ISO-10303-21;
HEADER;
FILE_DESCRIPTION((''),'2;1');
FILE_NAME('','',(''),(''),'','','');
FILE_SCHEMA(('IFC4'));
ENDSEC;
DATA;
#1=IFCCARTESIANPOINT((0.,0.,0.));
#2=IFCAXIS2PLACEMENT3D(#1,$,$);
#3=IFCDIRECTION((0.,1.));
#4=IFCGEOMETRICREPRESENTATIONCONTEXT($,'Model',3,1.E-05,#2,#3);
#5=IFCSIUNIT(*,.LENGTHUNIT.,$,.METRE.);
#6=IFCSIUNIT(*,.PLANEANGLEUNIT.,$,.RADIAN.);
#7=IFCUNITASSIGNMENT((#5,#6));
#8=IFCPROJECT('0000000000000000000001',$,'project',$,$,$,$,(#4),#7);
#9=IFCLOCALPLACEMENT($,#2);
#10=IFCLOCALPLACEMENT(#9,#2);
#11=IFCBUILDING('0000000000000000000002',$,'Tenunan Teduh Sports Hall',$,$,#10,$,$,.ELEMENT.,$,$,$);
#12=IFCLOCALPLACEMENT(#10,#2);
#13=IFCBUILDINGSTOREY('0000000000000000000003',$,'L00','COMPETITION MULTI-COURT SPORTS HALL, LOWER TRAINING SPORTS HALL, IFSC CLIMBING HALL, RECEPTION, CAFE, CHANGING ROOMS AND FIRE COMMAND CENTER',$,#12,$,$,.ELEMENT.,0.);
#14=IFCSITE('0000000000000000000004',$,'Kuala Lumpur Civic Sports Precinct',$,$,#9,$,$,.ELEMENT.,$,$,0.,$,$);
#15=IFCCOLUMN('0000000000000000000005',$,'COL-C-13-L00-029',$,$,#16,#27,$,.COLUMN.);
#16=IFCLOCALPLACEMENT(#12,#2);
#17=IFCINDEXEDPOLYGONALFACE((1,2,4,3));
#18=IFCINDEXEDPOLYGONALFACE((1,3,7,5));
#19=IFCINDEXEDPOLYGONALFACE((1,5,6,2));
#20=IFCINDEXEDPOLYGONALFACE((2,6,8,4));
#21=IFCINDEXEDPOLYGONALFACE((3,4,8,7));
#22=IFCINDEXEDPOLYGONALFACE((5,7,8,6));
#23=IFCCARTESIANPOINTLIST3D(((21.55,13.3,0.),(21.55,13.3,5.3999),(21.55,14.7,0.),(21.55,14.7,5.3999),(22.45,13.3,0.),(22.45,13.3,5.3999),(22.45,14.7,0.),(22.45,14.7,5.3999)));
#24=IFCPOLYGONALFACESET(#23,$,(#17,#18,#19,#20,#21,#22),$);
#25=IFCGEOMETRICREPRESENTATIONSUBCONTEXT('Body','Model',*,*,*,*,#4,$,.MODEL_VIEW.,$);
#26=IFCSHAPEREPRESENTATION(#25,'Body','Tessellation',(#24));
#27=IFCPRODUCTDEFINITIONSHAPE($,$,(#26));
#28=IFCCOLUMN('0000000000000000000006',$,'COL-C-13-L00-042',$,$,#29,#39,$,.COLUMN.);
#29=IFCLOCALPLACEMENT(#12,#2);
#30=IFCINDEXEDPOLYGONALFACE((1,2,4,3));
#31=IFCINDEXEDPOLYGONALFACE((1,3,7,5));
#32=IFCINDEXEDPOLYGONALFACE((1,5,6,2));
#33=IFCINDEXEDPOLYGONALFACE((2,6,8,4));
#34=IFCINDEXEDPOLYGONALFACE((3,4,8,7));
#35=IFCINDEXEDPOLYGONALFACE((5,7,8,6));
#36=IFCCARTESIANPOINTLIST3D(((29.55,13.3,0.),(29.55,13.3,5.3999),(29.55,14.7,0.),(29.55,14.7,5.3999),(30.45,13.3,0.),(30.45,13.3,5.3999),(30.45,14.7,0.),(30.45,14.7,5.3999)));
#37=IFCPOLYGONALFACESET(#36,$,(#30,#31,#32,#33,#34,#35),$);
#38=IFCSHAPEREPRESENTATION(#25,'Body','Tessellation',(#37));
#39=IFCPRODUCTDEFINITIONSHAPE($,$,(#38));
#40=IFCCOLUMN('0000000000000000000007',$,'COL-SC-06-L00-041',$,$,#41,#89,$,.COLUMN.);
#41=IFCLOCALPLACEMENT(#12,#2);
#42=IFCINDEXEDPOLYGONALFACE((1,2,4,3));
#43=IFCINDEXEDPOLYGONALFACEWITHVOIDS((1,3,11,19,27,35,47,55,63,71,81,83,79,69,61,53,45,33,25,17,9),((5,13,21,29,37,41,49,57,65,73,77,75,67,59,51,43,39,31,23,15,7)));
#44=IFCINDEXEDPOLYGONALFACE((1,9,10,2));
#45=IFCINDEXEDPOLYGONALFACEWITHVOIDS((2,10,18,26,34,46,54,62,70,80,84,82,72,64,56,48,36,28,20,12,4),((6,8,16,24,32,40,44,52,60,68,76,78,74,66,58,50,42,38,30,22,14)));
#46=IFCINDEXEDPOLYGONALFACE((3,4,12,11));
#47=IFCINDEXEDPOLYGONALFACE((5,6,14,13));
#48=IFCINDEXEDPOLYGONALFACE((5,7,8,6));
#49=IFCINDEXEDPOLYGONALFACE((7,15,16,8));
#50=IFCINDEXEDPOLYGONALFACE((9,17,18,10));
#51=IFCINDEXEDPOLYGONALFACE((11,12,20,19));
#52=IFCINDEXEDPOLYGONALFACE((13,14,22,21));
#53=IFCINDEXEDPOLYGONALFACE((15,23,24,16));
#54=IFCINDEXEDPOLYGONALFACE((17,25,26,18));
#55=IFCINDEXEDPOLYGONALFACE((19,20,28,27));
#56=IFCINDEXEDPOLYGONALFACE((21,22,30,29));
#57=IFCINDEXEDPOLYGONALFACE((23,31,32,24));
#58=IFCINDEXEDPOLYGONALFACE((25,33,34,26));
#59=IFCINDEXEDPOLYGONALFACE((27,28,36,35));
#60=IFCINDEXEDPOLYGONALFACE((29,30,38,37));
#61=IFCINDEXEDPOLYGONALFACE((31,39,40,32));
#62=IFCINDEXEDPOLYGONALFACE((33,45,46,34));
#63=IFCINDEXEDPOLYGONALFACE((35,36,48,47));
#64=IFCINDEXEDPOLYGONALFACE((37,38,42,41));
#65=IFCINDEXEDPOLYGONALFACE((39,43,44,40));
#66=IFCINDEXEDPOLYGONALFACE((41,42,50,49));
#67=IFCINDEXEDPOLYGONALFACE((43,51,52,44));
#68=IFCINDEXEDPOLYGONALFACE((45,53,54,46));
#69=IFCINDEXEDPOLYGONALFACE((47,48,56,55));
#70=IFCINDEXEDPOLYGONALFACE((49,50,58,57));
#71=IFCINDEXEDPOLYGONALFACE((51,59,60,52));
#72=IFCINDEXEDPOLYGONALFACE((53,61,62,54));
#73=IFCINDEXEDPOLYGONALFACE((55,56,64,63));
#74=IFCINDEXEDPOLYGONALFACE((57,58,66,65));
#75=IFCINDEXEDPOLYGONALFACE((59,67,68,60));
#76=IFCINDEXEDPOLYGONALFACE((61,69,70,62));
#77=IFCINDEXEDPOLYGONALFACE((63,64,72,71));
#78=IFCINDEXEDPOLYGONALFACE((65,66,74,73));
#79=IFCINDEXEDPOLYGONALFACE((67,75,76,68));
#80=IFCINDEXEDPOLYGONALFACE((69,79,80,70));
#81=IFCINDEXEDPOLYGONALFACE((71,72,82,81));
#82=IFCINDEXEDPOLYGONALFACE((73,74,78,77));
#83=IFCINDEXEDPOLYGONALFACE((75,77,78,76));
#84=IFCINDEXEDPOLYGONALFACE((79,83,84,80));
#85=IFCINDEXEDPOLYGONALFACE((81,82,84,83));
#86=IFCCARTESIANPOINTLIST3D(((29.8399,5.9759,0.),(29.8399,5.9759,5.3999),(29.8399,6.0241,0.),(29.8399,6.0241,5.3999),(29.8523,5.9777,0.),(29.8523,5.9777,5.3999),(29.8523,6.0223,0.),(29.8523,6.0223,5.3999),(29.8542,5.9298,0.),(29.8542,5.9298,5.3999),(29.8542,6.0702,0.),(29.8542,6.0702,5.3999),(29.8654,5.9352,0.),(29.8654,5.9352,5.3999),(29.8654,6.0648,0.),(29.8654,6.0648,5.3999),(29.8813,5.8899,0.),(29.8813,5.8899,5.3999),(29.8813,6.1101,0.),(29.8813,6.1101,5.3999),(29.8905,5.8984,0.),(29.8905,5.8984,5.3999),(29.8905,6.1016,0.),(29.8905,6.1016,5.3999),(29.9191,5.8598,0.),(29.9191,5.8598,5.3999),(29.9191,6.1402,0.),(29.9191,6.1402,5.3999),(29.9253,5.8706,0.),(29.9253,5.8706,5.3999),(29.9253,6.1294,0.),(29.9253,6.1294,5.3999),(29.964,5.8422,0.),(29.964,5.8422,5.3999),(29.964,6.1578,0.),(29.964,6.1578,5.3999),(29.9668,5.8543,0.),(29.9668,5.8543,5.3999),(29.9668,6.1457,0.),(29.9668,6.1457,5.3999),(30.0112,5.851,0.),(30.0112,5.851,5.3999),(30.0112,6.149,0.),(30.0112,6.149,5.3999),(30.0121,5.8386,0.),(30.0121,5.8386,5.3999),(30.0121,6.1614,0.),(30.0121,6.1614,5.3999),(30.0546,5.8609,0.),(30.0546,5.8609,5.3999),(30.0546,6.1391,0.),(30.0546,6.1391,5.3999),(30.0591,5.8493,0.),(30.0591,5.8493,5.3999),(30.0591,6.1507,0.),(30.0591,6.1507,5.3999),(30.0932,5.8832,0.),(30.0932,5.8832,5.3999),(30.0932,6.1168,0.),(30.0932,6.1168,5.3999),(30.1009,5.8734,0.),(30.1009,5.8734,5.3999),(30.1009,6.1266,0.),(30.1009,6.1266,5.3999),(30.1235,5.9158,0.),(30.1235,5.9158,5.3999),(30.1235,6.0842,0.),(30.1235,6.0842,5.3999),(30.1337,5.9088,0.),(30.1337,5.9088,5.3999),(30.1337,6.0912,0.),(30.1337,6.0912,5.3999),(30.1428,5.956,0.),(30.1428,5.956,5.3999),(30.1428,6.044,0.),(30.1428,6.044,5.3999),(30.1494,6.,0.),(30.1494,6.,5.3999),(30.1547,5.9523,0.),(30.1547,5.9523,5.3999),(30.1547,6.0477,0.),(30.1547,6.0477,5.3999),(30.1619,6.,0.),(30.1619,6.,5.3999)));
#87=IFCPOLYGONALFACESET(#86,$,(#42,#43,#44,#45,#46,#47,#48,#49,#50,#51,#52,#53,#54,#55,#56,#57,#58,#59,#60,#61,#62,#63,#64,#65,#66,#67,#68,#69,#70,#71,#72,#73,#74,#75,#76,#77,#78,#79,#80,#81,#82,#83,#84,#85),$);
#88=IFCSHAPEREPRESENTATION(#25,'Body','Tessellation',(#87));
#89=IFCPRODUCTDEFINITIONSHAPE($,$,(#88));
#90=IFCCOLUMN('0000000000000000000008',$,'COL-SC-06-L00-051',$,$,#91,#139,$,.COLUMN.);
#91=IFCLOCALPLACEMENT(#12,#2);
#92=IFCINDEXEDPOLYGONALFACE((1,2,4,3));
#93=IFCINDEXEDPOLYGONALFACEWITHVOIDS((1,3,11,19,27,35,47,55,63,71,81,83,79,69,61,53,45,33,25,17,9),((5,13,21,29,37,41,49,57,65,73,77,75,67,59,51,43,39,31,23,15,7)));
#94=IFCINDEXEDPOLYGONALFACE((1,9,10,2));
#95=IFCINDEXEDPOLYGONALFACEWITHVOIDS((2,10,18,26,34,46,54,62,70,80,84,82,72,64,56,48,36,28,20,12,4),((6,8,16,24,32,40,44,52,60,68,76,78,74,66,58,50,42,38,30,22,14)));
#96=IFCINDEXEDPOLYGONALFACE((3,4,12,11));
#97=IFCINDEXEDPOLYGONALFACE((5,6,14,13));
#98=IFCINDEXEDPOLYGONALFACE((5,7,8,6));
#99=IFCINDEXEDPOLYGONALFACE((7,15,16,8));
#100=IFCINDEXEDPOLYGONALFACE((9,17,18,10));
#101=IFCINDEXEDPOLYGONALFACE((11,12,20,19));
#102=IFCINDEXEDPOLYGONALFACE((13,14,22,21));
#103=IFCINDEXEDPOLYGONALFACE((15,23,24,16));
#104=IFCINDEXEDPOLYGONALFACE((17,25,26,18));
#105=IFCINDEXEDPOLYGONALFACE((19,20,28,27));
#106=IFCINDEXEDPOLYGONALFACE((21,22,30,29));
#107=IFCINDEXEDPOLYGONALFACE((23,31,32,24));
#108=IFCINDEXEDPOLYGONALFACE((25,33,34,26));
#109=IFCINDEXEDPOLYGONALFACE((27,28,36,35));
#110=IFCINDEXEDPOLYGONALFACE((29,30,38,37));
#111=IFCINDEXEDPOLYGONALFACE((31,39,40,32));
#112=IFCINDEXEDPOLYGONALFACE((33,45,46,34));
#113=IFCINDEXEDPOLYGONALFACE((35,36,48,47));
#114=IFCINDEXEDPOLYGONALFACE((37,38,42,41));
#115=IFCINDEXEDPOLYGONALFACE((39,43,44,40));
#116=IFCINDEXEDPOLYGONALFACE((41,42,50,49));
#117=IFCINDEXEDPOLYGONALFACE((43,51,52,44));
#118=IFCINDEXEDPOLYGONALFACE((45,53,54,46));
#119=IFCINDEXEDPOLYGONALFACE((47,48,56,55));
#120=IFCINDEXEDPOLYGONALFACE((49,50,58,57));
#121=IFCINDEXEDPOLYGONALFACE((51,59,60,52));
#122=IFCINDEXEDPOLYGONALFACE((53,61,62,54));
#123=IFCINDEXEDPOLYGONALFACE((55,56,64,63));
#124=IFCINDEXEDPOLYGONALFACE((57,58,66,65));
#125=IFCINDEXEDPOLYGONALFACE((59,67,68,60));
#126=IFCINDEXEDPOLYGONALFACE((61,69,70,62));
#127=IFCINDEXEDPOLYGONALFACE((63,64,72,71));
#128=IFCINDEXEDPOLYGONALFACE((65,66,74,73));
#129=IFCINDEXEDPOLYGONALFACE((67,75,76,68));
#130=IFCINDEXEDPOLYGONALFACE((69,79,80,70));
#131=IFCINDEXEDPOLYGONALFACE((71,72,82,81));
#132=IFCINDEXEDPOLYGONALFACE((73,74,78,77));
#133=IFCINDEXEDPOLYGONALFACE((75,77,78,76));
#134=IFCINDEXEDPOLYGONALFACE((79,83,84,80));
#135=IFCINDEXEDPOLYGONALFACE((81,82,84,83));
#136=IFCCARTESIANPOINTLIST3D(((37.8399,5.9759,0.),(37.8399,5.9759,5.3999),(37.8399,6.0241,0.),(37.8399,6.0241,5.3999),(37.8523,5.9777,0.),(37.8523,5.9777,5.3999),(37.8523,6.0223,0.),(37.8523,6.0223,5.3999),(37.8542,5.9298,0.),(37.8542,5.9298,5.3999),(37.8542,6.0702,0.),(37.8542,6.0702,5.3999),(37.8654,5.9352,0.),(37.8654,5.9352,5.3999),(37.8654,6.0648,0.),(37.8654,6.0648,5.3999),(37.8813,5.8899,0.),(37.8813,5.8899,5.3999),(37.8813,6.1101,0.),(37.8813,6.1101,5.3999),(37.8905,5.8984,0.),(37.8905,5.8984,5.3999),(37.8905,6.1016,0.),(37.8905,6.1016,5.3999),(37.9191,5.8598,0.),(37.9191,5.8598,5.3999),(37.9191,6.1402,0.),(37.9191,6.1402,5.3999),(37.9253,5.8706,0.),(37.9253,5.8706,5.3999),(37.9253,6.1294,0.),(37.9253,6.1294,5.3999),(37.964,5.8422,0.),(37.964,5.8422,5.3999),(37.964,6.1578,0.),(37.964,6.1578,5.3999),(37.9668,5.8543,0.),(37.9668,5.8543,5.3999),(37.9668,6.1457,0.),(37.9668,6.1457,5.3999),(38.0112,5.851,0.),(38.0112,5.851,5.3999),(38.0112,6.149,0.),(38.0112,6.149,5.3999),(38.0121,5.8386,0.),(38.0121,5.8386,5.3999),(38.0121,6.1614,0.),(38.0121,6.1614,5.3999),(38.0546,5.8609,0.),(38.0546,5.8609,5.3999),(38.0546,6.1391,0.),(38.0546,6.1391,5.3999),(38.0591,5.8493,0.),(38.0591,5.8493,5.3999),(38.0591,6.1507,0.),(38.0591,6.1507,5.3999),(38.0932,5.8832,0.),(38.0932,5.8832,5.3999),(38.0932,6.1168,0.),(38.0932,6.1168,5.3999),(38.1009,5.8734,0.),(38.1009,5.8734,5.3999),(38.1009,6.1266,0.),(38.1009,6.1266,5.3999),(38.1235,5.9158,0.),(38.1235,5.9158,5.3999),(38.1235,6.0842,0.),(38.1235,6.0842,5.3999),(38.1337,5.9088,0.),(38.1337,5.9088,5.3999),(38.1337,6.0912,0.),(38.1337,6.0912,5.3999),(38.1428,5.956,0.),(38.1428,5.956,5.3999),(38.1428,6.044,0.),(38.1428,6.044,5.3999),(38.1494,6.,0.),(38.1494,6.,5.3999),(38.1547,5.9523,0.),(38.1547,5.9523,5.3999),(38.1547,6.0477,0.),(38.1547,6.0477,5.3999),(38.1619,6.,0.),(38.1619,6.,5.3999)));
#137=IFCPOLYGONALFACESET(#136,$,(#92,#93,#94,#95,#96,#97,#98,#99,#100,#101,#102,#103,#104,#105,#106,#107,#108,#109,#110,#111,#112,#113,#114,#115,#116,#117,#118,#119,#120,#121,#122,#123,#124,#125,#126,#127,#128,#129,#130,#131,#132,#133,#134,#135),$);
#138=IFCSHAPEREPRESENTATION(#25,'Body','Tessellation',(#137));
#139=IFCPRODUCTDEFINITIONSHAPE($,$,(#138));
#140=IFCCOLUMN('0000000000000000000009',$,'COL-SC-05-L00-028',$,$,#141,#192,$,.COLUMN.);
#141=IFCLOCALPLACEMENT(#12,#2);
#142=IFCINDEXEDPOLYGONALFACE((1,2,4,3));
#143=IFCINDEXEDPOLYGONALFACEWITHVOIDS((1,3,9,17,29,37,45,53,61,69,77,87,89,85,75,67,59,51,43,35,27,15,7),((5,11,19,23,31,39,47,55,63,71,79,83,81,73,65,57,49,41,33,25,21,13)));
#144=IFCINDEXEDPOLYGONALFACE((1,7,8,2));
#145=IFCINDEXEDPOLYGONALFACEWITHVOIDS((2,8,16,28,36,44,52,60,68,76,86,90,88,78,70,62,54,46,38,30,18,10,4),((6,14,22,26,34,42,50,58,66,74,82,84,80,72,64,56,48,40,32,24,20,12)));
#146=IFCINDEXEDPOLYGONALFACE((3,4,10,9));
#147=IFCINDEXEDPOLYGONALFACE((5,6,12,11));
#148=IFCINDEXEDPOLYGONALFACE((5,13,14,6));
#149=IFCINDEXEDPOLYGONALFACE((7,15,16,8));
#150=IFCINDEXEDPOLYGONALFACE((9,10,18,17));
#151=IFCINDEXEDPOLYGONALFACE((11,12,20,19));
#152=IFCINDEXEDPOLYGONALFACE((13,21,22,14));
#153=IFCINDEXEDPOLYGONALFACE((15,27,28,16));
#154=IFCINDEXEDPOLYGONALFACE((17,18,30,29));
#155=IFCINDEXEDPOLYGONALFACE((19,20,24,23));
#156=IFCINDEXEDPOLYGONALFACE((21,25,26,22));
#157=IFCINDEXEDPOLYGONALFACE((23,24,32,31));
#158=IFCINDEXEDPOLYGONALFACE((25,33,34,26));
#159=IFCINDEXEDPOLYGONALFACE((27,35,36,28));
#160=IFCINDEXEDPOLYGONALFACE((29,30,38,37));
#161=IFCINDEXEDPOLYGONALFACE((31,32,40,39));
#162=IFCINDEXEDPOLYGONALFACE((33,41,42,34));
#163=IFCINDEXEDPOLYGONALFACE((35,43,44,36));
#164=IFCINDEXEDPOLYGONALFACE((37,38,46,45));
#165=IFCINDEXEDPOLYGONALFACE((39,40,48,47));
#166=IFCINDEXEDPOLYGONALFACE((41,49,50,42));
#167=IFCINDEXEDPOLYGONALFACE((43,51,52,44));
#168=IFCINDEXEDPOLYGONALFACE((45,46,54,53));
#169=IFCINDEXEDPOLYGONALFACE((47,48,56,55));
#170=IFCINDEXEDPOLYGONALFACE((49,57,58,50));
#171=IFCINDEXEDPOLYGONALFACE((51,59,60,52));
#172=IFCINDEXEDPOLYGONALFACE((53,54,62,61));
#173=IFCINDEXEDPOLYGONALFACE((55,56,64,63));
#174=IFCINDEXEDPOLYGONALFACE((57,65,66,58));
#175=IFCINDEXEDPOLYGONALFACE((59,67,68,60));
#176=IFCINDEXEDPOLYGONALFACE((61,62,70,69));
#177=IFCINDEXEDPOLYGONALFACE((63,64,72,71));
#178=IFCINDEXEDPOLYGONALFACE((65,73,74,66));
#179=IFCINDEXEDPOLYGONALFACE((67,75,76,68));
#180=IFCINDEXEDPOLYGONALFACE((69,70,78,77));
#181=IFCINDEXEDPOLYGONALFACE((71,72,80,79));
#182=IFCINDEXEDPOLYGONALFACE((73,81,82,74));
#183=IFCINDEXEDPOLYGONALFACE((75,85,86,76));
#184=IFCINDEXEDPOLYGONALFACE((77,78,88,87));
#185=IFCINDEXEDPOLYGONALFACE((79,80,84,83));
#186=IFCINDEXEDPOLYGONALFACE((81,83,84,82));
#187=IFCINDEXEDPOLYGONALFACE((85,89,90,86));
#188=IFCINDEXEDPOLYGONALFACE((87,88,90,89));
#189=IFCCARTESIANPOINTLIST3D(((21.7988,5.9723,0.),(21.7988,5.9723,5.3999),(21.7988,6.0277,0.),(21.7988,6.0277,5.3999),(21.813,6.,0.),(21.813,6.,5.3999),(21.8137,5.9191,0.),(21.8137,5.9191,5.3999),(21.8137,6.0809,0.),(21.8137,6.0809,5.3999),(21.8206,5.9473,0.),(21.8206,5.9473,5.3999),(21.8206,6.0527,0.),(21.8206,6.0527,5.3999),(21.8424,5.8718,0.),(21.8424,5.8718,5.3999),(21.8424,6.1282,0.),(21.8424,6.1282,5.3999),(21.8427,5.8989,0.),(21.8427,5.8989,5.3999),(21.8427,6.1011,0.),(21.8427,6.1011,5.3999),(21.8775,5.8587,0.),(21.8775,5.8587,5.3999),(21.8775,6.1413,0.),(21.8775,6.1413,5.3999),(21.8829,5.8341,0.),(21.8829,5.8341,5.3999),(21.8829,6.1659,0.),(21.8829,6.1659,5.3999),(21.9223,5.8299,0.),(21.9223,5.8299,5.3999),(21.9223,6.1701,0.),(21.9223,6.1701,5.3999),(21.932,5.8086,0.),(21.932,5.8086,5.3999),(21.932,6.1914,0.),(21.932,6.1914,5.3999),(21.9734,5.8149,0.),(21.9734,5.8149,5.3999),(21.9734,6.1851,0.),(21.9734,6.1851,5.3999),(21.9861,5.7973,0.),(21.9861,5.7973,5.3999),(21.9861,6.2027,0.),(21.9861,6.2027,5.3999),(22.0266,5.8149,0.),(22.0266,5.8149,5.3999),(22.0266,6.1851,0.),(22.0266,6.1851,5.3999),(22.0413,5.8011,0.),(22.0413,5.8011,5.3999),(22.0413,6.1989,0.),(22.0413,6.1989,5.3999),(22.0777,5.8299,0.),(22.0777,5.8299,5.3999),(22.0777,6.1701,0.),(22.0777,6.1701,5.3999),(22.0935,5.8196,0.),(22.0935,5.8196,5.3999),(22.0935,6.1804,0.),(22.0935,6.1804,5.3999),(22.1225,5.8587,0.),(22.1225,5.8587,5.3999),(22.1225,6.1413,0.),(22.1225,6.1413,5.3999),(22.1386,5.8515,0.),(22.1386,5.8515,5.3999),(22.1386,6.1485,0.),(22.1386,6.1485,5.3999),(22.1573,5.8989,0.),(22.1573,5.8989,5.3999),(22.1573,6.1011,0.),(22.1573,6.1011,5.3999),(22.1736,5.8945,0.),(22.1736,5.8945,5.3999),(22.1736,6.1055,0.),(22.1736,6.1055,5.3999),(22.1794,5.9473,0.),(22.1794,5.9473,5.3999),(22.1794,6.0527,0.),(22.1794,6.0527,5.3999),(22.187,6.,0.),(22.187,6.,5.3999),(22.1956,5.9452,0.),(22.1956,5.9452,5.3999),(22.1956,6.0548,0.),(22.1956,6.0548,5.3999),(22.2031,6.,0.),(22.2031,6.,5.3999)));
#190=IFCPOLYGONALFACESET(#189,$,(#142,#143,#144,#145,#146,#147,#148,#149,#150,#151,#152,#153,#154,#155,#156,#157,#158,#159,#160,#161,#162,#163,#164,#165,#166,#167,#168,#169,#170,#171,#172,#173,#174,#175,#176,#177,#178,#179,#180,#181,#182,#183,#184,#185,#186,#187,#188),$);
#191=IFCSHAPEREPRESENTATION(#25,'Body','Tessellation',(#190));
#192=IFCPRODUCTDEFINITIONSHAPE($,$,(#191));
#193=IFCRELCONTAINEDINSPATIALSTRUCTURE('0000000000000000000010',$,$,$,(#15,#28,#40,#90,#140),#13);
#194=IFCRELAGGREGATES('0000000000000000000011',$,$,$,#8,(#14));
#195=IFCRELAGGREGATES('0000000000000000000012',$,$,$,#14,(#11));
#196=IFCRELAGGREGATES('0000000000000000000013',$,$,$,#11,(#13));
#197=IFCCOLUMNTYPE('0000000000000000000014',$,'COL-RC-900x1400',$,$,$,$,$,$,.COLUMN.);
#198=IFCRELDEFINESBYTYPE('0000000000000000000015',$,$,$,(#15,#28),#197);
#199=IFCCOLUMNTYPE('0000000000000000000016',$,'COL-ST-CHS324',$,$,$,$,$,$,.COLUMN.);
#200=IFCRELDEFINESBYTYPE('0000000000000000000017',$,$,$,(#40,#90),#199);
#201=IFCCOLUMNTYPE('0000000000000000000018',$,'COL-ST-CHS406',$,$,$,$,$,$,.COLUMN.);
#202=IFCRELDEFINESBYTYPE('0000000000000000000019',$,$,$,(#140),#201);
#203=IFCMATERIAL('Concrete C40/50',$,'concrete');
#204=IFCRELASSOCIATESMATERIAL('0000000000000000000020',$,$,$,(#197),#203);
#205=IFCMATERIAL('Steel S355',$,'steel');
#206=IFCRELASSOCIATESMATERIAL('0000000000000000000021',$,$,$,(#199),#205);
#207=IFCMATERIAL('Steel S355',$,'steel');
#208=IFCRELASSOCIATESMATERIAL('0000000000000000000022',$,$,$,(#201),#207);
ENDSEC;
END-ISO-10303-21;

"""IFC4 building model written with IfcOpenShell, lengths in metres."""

from ifc_helpers import new_model, si_unit, direction, frame, origin, origin_2d, place, context, subcontext, project, spatial, rectangle, hollow_circle, extrude, material, material_profile, profile_set, type_object, element, save


model = new_model("IFC4")

# Units and contexts
model_context = context("Model", 3, precision=1e-05, world=origin(), true_north=direction((0.0, 1.0)))
body_context = subcontext(model_context, "Body", "Model", "MODEL_VIEW")
ifc_project = project(units=[si_unit("LENGTHUNIT", "METRE"), si_unit("PLANEANGLEUNIT", "RADIAN")], contexts=[model_context])

# Site, building, storey
site_placement = place(None, origin())
site = spatial("IfcSite", under=ifc_project, at=site_placement, Name="Kuala Lumpur Civic Sports Precinct", CompositionType="ELEMENT", RefElevation=0.0)
building_placement = place(site_placement, origin())
building = spatial("IfcBuilding", under=site, at=building_placement, Name="Tenunan Teduh Sports Hall", CompositionType="ELEMENT")
storey_placement = place(building_placement, origin())
storey = spatial("IfcBuildingStorey", under=building, at=storey_placement, Name="L00", Description="COMPETITION MULTI-COURT SPORTS HALL, LOWER TRAINING SPORTS HALL, IFSC CLIMBING HALL, RECEPTION, CAFE, CHANGING ROOMS AND FIRE COMMAND CENTER", CompositionType="ELEMENT", Elevation=0.0)

# Columns
ifc_material_1 = material(Name="Concrete C40/50", Category="concrete")
ifc_material_profile_1 = material_profile(ifc_material_1, rectangle(XDim=0.8999, YDim=1.3999, at=origin_2d()), Name="RC 900x1400")
ifc_profile_set_1 = profile_set([ifc_material_profile_1], Name="Concrete C40/50")
column_type_1 = type_object("IfcColumnType", Name="COL-RC-900x1400", PredefinedType="COLUMN", material=ifc_profile_set_1)
for number, where, z_axis, x_axis, name in (
    (1, (22.0, 14.0, 0.0), (0.0, 0.0, 1.0), (1.0, 0.0, 0.0), "COL-C-13-L00-029"),
    (2, (30.0, 14.0, 0.0), (0.0, 0.0, 1.0), (1.0, 0.0, 0.0), "COL-C-13-L00-042"),
):
    element("IfcColumn", number, at=place(storey_placement, frame(where, z_axis=z_axis, x_axis=x_axis)), inside=storey, type_object=column_type_1, Name=name, PredefinedType="COLUMN", context=body_context, shape_type="SweptSolid", body=[
        extrude(rectangle(XDim=0.8999, YDim=1.3999, at=origin_2d()), origin(), (0.0, 0.0, 1.0), 5.3999),
    ])
ifc_material_2 = material(Name="Steel S355", Category="steel")
ifc_material_profile_2 = material_profile(ifc_material_2, hollow_circle(Radius=0.1619, WallThickness=0.0125, at=origin_2d()), Name="CHS 323.9x12.5")
ifc_profile_set_2 = profile_set([ifc_material_profile_2], Name="Steel S355")
column_type_2 = type_object("IfcColumnType", Name="COL-ST-CHS324", PredefinedType="COLUMN", material=ifc_profile_set_2)
for number, where, z_axis, x_axis, name in (
    (3, (30.0, 6.0, 0.0), (0.0, 0.0, 1.0), (1.0, 0.0, 0.0), "COL-SC-06-L00-041"),
    (4, (38.0, 6.0, 0.0), (0.0, 0.0, 1.0), (1.0, 0.0, 0.0), "COL-SC-06-L00-051"),
):
    element("IfcColumn", number, at=place(storey_placement, frame(where, z_axis=z_axis, x_axis=x_axis)), inside=storey, type_object=column_type_2, Name=name, PredefinedType="COLUMN", context=body_context, shape_type="SweptSolid", body=[
        extrude(hollow_circle(Radius=0.1619, WallThickness=0.0125, at=origin_2d()), origin(), (0.0, 0.0, 1.0), 5.3999),
    ])
ifc_material_3 = material(Name="Steel S355", Category="steel")
ifc_material_profile_3 = material_profile(ifc_material_3, hollow_circle(Radius=0.2031, WallThickness=0.0161, at=origin_2d()), Name="CHS 406.4x16.0")
ifc_profile_set_3 = profile_set([ifc_material_profile_3], Name="Steel S355")
column_type_3 = type_object("IfcColumnType", Name="COL-ST-CHS406", PredefinedType="COLUMN", material=ifc_profile_set_3)
column_placement = place(storey_placement, frame((22.0, 6.0, 0.0), z_axis=(0.0, 0.0, 1.0), x_axis=(1.0, 0.0, 0.0)))
element("IfcColumn", 5, at=column_placement, inside=storey, type_object=column_type_3, Name="COL-SC-05-L00-028", PredefinedType="COLUMN", context=body_context, shape_type="SweptSolid", body=[
    extrude(hollow_circle(Radius=0.2031, WallThickness=0.0161, at=origin_2d()), origin(), (0.0, 0.0, 1.0), 5.3999),
])

save(model, "model.ifc")
